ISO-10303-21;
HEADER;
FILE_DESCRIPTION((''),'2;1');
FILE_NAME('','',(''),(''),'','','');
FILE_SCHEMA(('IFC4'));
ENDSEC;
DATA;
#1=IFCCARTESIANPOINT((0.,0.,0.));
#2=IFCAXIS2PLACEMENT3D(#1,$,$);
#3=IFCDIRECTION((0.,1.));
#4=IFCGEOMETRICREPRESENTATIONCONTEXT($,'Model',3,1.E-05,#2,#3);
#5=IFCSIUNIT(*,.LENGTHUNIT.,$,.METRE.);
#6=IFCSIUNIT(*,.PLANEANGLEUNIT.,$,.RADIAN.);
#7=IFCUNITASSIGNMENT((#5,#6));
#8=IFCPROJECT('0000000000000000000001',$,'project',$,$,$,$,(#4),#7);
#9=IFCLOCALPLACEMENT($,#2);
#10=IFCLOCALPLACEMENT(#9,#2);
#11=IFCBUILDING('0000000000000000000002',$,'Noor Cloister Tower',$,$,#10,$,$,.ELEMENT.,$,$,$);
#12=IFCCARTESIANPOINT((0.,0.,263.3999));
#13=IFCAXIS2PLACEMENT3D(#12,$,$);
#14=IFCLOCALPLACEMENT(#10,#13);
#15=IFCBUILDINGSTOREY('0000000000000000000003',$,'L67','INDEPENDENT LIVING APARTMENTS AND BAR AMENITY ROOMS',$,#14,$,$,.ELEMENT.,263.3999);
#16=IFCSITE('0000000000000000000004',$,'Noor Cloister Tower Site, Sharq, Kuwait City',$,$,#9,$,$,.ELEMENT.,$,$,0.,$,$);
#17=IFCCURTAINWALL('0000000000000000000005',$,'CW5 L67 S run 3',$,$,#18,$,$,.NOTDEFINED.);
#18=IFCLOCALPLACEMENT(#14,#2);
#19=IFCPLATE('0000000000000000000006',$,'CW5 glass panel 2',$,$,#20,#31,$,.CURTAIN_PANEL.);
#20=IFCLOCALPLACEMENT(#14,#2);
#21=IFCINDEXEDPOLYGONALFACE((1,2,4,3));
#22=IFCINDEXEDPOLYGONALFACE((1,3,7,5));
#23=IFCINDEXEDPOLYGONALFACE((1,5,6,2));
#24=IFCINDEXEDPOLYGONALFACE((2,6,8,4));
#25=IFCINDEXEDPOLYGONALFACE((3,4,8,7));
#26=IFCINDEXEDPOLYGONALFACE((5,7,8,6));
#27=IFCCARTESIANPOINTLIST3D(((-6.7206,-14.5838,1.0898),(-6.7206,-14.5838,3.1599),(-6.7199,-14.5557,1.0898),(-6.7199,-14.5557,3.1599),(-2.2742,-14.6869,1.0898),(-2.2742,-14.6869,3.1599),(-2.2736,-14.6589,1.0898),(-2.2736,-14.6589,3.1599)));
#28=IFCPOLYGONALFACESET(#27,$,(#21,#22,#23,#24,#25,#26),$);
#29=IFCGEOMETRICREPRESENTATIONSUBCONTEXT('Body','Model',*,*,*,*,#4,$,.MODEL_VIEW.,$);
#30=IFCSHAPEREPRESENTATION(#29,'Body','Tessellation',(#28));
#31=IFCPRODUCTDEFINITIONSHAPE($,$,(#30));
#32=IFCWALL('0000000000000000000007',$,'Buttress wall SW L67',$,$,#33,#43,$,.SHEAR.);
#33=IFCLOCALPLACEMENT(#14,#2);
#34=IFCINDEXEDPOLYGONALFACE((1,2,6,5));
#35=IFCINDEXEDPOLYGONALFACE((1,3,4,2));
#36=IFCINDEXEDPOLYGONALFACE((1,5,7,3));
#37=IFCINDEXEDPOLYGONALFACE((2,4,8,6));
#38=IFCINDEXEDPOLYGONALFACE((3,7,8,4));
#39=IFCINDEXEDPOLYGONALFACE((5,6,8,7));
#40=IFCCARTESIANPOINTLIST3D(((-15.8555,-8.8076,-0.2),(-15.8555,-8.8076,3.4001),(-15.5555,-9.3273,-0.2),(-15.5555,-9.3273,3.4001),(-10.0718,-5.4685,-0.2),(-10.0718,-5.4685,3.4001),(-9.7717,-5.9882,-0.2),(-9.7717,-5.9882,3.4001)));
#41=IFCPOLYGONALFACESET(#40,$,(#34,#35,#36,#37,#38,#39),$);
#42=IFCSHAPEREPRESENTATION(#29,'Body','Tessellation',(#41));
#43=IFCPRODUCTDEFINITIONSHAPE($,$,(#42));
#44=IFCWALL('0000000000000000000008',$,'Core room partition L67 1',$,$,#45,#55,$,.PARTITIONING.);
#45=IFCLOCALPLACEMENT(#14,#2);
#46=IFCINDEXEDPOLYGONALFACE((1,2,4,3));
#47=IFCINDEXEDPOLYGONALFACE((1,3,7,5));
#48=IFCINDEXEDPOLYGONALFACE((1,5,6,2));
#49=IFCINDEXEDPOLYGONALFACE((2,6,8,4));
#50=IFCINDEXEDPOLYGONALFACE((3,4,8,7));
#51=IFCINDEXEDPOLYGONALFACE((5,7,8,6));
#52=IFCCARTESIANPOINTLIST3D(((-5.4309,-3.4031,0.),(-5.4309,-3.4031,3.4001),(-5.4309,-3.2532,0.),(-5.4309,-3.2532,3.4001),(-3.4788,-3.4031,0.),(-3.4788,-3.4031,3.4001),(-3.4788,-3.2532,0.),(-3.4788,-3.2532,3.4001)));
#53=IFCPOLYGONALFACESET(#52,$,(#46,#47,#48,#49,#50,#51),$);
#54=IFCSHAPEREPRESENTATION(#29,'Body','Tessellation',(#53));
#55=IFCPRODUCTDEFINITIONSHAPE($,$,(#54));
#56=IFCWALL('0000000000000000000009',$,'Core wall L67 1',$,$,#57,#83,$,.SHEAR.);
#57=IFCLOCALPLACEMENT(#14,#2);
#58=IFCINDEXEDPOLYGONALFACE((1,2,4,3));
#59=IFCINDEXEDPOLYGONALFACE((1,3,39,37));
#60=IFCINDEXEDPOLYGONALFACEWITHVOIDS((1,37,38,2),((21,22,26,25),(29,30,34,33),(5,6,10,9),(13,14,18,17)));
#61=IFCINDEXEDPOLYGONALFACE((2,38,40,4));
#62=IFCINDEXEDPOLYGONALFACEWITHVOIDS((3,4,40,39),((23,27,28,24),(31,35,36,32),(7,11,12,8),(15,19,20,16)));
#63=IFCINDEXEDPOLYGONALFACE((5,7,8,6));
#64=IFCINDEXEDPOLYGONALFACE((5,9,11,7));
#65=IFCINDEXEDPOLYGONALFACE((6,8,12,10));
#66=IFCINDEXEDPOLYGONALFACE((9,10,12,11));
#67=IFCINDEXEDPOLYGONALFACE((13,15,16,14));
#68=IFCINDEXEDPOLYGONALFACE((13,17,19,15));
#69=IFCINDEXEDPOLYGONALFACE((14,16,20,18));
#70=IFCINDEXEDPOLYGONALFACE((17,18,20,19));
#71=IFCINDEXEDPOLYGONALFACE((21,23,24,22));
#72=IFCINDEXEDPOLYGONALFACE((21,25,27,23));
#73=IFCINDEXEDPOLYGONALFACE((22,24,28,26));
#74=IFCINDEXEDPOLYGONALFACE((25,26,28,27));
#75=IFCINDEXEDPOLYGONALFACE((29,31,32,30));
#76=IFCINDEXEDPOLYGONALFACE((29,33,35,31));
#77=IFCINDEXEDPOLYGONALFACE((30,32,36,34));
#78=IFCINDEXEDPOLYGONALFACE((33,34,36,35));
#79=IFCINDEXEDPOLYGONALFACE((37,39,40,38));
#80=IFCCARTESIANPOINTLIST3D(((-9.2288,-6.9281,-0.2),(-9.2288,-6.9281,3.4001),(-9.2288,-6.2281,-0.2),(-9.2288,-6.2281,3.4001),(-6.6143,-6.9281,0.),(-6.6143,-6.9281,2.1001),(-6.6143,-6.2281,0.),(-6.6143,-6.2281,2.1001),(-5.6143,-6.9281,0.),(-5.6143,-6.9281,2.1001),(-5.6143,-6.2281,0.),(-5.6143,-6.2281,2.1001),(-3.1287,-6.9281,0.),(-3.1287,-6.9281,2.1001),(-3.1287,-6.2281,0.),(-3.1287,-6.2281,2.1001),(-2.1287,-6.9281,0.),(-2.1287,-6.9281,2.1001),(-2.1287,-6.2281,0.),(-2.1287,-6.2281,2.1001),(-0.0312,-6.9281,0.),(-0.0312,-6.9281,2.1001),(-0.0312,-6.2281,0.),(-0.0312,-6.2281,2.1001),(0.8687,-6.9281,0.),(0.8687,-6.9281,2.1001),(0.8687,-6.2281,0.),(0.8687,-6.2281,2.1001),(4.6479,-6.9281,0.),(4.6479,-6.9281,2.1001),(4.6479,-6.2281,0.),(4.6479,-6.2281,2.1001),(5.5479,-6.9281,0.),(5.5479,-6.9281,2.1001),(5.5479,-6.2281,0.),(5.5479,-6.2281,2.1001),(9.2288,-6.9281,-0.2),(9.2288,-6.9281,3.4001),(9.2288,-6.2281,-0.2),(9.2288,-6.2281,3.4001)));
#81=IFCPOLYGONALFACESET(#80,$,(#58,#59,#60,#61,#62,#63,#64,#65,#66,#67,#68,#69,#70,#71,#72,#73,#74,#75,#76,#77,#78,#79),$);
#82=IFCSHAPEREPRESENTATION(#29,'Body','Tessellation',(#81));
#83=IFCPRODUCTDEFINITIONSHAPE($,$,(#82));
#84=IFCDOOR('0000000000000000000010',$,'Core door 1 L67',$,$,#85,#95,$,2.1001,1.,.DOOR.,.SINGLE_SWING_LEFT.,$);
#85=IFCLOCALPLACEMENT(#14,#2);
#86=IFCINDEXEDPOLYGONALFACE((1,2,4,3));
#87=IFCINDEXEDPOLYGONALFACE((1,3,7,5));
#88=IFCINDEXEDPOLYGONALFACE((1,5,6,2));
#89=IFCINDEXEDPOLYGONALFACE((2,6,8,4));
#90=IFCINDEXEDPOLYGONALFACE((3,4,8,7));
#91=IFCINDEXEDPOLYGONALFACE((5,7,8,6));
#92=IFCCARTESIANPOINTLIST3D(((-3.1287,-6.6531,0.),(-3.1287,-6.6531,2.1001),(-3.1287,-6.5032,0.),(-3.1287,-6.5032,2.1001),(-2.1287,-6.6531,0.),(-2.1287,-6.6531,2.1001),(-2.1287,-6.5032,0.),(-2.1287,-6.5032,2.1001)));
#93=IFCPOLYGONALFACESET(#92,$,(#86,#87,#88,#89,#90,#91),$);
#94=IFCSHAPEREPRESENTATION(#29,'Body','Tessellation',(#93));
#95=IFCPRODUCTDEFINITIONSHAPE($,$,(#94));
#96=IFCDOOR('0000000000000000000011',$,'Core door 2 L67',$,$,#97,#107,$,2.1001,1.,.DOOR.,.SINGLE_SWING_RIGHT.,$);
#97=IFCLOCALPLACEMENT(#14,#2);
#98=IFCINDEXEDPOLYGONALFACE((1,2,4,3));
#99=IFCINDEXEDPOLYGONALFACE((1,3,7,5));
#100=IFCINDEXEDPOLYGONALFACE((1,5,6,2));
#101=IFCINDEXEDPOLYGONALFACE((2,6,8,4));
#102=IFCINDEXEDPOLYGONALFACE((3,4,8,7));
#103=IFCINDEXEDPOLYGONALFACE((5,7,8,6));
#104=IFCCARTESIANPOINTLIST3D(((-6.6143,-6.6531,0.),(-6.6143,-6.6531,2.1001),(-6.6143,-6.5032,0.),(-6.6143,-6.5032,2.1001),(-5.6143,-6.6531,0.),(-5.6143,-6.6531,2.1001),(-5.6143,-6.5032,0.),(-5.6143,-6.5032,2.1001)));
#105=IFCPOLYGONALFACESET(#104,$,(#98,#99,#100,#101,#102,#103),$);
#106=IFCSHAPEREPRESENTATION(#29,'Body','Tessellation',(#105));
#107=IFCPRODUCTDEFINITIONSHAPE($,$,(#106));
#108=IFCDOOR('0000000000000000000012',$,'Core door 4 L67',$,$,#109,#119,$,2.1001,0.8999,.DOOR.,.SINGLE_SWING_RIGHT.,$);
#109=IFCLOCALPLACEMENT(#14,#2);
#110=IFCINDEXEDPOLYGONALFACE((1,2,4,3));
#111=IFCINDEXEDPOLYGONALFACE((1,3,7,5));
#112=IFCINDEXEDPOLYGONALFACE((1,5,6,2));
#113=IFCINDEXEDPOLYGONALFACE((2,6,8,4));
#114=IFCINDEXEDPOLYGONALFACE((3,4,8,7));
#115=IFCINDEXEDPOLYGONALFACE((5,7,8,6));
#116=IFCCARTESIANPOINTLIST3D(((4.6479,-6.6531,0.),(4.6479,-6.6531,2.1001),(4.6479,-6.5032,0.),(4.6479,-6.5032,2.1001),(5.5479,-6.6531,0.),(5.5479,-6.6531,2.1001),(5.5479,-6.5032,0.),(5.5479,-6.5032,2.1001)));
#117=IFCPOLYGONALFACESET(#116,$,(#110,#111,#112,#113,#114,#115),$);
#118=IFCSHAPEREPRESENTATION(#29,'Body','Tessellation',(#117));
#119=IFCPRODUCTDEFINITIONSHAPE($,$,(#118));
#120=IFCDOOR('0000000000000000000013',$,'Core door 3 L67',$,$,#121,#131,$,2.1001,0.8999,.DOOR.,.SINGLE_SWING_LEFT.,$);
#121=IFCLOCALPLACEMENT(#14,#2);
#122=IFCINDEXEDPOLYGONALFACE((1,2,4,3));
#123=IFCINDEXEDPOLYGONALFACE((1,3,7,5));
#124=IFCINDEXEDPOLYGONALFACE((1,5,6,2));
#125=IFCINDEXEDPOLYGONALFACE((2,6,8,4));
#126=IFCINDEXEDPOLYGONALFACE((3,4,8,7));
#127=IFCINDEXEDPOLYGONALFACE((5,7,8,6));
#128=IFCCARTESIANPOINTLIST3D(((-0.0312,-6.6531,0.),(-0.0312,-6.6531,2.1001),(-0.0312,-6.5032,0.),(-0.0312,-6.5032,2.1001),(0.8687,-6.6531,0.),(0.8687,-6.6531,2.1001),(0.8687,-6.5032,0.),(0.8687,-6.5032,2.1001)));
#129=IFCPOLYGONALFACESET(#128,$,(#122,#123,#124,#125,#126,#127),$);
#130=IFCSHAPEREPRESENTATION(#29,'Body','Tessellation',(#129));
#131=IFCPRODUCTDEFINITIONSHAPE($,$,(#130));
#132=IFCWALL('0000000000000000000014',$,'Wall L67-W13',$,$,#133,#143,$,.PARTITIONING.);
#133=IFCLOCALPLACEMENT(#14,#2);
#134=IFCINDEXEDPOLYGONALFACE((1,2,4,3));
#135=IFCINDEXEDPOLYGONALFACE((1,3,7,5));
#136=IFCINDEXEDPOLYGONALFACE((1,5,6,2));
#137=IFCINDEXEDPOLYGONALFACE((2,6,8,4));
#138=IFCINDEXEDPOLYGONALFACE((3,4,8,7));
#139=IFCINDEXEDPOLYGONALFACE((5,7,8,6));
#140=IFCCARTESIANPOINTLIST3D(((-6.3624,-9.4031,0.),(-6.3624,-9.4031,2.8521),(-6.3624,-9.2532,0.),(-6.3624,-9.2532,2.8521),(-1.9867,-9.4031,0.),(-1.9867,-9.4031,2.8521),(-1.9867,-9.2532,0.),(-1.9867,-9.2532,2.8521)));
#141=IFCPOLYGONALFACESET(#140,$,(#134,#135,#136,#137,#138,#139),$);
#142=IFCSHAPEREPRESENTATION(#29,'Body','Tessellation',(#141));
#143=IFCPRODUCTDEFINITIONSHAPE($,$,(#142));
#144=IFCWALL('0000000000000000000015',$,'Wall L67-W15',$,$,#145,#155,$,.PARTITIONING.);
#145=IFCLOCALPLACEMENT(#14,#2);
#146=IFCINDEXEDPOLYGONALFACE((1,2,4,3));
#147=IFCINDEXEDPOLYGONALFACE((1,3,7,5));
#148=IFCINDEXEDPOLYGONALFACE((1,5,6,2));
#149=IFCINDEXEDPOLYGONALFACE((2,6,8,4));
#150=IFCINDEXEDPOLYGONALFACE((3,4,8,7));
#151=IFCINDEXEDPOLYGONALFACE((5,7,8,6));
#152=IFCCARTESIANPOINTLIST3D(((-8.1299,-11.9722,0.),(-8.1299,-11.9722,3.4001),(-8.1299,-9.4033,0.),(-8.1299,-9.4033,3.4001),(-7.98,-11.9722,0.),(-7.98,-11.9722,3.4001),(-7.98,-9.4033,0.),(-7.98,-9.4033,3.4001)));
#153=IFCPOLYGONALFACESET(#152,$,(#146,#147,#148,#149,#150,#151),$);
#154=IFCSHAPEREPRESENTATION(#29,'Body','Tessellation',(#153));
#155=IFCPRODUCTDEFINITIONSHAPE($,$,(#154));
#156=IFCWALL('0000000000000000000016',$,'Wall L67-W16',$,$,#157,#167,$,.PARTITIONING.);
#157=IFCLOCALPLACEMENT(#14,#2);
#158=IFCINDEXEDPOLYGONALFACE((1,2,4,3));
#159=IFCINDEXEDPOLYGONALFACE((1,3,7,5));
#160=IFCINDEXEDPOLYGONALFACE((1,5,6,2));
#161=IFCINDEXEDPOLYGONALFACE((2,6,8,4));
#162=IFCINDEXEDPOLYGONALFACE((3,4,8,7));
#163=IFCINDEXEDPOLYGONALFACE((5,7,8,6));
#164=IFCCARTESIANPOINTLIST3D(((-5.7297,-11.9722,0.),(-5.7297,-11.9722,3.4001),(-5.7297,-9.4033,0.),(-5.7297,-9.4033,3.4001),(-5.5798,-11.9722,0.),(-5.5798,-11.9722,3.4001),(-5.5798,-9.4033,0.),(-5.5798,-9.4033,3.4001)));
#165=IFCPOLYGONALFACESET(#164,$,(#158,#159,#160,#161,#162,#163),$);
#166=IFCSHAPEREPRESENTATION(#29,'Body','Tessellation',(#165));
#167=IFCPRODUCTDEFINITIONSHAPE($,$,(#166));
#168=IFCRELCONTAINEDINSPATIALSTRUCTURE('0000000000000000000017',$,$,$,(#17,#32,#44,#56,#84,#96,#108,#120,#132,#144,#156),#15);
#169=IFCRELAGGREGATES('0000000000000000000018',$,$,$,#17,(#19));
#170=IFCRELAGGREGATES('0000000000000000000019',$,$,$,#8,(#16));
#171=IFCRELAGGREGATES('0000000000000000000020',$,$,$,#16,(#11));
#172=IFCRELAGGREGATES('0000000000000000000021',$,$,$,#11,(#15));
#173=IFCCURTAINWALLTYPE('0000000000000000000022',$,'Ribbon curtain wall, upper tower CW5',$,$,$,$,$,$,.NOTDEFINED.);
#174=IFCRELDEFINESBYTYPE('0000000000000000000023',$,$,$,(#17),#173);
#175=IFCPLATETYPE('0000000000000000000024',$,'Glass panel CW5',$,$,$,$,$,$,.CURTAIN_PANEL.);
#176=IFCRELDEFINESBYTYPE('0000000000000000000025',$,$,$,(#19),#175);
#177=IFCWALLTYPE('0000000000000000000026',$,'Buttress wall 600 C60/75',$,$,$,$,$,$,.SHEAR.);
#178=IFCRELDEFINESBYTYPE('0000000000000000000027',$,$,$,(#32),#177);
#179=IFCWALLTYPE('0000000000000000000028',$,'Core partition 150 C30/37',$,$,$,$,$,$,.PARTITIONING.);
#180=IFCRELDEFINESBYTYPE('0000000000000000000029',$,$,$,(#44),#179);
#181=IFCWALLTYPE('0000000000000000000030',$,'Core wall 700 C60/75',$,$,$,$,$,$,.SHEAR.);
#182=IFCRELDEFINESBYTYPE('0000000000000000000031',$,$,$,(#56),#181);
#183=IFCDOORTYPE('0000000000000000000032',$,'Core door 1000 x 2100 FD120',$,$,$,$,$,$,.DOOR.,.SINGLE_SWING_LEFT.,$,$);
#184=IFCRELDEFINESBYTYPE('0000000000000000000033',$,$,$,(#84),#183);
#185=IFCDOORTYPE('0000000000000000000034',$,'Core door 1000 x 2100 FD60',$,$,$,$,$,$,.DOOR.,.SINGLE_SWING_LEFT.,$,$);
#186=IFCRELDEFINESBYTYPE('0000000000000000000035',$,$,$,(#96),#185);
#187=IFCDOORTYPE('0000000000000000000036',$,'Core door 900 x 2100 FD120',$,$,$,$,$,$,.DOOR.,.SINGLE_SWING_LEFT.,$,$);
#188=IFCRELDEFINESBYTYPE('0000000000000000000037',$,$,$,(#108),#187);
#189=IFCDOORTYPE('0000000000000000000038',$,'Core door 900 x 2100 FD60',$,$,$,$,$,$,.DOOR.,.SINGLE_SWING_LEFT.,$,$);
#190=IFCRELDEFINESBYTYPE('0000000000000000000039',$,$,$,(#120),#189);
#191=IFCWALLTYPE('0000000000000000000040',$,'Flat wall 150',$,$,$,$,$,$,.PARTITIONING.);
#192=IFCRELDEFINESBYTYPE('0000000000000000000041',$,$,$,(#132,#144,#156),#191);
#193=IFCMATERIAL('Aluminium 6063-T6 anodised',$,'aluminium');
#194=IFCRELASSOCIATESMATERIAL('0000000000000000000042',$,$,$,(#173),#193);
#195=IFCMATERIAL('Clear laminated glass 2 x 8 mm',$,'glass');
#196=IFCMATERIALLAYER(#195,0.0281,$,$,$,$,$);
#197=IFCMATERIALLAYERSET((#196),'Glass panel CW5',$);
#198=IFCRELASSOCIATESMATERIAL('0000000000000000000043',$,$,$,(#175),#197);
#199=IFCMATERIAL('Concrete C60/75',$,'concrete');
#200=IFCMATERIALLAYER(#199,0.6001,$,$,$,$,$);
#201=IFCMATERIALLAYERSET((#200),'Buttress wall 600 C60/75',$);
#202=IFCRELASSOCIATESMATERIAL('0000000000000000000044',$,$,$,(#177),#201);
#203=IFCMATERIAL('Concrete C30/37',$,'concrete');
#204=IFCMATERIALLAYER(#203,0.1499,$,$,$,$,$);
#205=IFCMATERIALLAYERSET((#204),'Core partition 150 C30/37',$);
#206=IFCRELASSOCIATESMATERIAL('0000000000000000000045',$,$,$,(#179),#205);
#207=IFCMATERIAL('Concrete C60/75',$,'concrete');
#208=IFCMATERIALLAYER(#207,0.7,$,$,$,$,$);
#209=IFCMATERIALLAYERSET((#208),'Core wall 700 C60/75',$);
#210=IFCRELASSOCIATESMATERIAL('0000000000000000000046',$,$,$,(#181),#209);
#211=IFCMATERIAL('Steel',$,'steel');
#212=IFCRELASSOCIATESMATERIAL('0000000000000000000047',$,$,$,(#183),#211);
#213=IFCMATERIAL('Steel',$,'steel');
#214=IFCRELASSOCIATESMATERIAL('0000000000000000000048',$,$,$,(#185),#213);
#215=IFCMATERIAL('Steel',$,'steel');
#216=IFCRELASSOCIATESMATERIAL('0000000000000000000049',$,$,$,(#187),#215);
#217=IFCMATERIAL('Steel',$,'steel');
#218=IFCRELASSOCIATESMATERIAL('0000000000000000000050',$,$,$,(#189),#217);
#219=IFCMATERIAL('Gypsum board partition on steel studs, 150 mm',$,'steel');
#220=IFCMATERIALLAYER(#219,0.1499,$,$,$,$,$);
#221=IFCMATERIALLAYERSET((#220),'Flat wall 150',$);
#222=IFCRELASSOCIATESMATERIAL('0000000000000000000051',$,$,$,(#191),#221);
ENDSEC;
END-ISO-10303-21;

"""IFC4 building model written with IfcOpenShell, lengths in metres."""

from ifc_helpers import new_model, si_unit, direction, frame, frame_2d, origin, origin_2d, place, context, subcontext, project, spatial, rectangle, extrude, material, layer, layer_set, type_object, element, fill, aggregate, save


model = new_model("IFC4")

# Units and contexts
model_context = context("Model", 3, precision=1e-05, world=origin(), true_north=direction((0.0, 1.0)))
body_context = subcontext(model_context, "Body", "Model", "MODEL_VIEW")
ifc_project = project(units=[si_unit("LENGTHUNIT", "METRE"), si_unit("PLANEANGLEUNIT", "RADIAN")], contexts=[model_context])

# Site, building, storey
site_placement = place(None, origin())
site = spatial("IfcSite", under=ifc_project, at=site_placement, Name="Noor Cloister Tower Site, Sharq, Kuwait City", CompositionType="ELEMENT", RefElevation=0.0)
building_placement = place(site_placement, origin())
building = spatial("IfcBuilding", under=site, at=building_placement, Name="Noor Cloister Tower", CompositionType="ELEMENT")
storey_placement = place(building_placement, frame((0.0, 0.0, 263.3999)))
storey = spatial("IfcBuildingStorey", under=building, at=storey_placement, Name="L67", Description="INDEPENDENT LIVING APARTMENTS AND BAR AMENITY ROOMS", CompositionType="ELEMENT", Elevation=263.3999)

# Curtain wall
ifc_material_1 = material(Name="Aluminium 6063-T6 anodised", Category="aluminium")
curtain_wall_type = type_object("IfcCurtainWallType", Name="Ribbon curtain wall, upper tower CW5", PredefinedType="NOTDEFINED", material=ifc_material_1)
curtain_wall_placement = place(storey_placement, origin())
curtain_wall = element("IfcCurtainWall", 1, at=curtain_wall_placement, inside=storey, type_object=curtain_wall_type, Name="CW5 L67 S run 3", PredefinedType="NOTDEFINED")

# Plate
ifc_material_2 = material(Name="Clear laminated glass 2 x 8 mm", Category="glass")
ifc_layer_1 = layer(ifc_material_2, 0.0281)
ifc_layer_set_1 = layer_set([ifc_layer_1], Name="Glass panel CW5")
plate_type = type_object("IfcPlateType", Name="Glass panel CW5", PredefinedType="CURTAIN_PANEL", material=ifc_layer_set_1)
plate_1_placement = place(storey_placement, frame((-4.4971, -14.6213, 1.0898), z_axis=(0.0, 0.0, 1.0), x_axis=(0.999731, -0.02319, 0.0)))
plate_1 = element("IfcPlate", 2, at=plate_1_placement, type_object=plate_type, Name="CW5 glass panel 2", PredefinedType="CURTAIN_PANEL", context=body_context, shape_type="SweptSolid", body=[
    extrude(rectangle(XDim=4.4475, YDim=0.0281, at=origin_2d()), origin(), (0.0, 0.0, 1.0), 2.0701),
])
aggregate(curtain_wall, [plate_1])

# Walls
ifc_material_3 = material(Name="Concrete C60/75", Category="concrete")
ifc_layer_2 = layer(ifc_material_3, 0.6001)
ifc_layer_set_2 = layer_set([ifc_layer_2], Name="Buttress wall 600 C60/75")
wall_type_1 = type_object("IfcWallType", Name="Buttress wall 600 C60/75", PredefinedType="SHEAR", material=ifc_layer_set_2)
wall_1_placement = place(storey_placement, frame((-9.9216, -5.7283, -0.2), z_axis=(0.0, 0.0, 1.0), x_axis=(-0.866032, -0.499988, 0.0)))
element("IfcWall", 3, at=wall_1_placement, inside=storey, type_object=wall_type_1, Name="Buttress wall SW L67", PredefinedType="SHEAR", context=body_context, shape_type="SweptSolid", body=[
    extrude(rectangle(XDim=6.6785, YDim=0.6001, at=frame_2d((3.3394, 0.0))), origin(), (0.0, 0.0, 1.0), 3.6001),
])
ifc_material_4 = material(Name="Concrete C30/37", Category="concrete")
ifc_layer_3 = layer(ifc_material_4, 0.1499)
ifc_layer_set_3 = layer_set([ifc_layer_3], Name="Core partition 150 C30/37")
wall_type_2 = type_object("IfcWallType", Name="Core partition 150 C30/37", PredefinedType="PARTITIONING", material=ifc_layer_set_3)
wall_2_placement = place(storey_placement, frame((-5.4309, -3.3281, 0.0), z_axis=(0.0, 0.0, 1.0), x_axis=(1.0, 0.0, 0.0)))
element("IfcWall", 4, at=wall_2_placement, inside=storey, type_object=wall_type_2, Name="Core room partition L67 1", PredefinedType="PARTITIONING", context=body_context, shape_type="SweptSolid", body=[
    extrude(rectangle(XDim=1.9521, YDim=0.1499, at=frame_2d((0.9761, 0.0))), origin(), (0.0, 0.0, 1.0), 3.4001),
])

# Wall, openings, doors
ifc_material_5 = material(Name="Concrete C60/75", Category="concrete")
ifc_layer_4 = layer(ifc_material_5, 0.7)
ifc_layer_set_4 = layer_set([ifc_layer_4], Name="Core wall 700 C60/75")
wall_type_3 = type_object("IfcWallType", Name="Core wall 700 C60/75", PredefinedType="SHEAR", material=ifc_layer_set_4)
wall_3_placement = place(storey_placement, frame((-9.2288, -6.5781, -0.2), z_axis=(0.0, 0.0, 1.0), x_axis=(1.0, 0.0, 0.0)))
wall_3 = element("IfcWall", 5, at=wall_3_placement, inside=storey, type_object=wall_type_3, Name="Core wall L67 1", PredefinedType="SHEAR", context=body_context, shape_type="SweptSolid", body=[
    extrude(rectangle(XDim=18.4575, YDim=0.7, at=frame_2d((9.2288, 0.0))), origin(), (0.0, 0.0, 1.0), 3.6001),
])
opening_1_placement = place(wall_3_placement, frame((6.1001, 0.0, 0.2)))
opening_1 = element("IfcOpeningElement", 6, at=opening_1_placement, cuts=wall_3, PredefinedType="OPENING", context=body_context, shape_type="SweptSolid", body=[
    extrude(rectangle(XDim=1.0, YDim=2.1001, at=frame_2d((0.5, 1.05))), frame((0.0, 0.3599, 0.0), z_axis=(0.0, -1.0, 0.0), x_axis=(1.0, 0.0, 0.0)), (0.0, 0.0, 1.0), 0.72),
])
opening_2_placement = place(wall_3_placement, frame((2.6145, 0.0, 0.2)))
opening_2 = element("IfcOpeningElement", 7, at=opening_2_placement, cuts=wall_3, PredefinedType="OPENING", context=body_context, shape_type="SweptSolid", body=[
    extrude(rectangle(XDim=1.0, YDim=2.1001, at=frame_2d((0.5, 1.05))), frame((0.0, 0.3599, 0.0), z_axis=(0.0, -1.0, 0.0), x_axis=(1.0, 0.0, 0.0)), (0.0, 0.0, 1.0), 0.72),
])
opening_3_placement = place(wall_3_placement, frame((9.1975, 0.0, 0.2)))
opening_3 = element("IfcOpeningElement", 8, at=opening_3_placement, cuts=wall_3, PredefinedType="OPENING", context=body_context, shape_type="SweptSolid", body=[
    extrude(rectangle(XDim=0.8999, YDim=2.1001, at=frame_2d((0.45, 1.05))), frame((0.0, 0.3599, 0.0), z_axis=(0.0, -1.0, 0.0), x_axis=(1.0, 0.0, 0.0)), (0.0, 0.0, 1.0), 0.72),
])
opening_4_placement = place(wall_3_placement, frame((13.8767, 0.0, 0.2)))
opening_4 = element("IfcOpeningElement", 9, at=opening_4_placement, cuts=wall_3, PredefinedType="OPENING", context=body_context, shape_type="SweptSolid", body=[
    extrude(rectangle(XDim=0.8999, YDim=2.1001, at=frame_2d((0.45, 1.05))), frame((0.0, 0.3599, 0.0), z_axis=(0.0, -1.0, 0.0), x_axis=(1.0, 0.0, 0.0)), (0.0, 0.0, 1.0), 0.72),
])
ifc_material_6 = material(Name="Steel", Category="steel")
door_type_1 = type_object("IfcDoorType", Name="Core door 1000 x 2100 FD120", OperationType="SINGLE_SWING_LEFT", PredefinedType="DOOR", material=ifc_material_6)
door_1_placement = place(opening_1_placement, origin())
door_1 = element("IfcDoor", 10, at=door_1_placement, inside=storey, type_object=door_type_1, Name="Core door 1 L67", OperationType="SINGLE_SWING_LEFT", OverallHeight=2.1001, OverallWidth=1.0, PredefinedType="DOOR", context=body_context, shape_type="SweptSolid", body=[
    extrude(rectangle(XDim=1.0, YDim=2.1001, at=frame_2d((0.5, 1.05))), frame((0.0, 0.075, 0.0), z_axis=(0.0, -1.0, 0.0), x_axis=(1.0, 0.0, 0.0)), (0.0, 0.0, 1.0), 0.1499),
])
fill(opening_1, door_1)
ifc_material_7 = material(Name="Steel", Category="steel")
door_type_2 = type_object("IfcDoorType", Name="Core door 1000 x 2100 FD60", OperationType="SINGLE_SWING_LEFT", PredefinedType="DOOR", material=ifc_material_7)
door_2_placement = place(opening_2_placement, origin())
door_2 = element("IfcDoor", 11, at=door_2_placement, inside=storey, type_object=door_type_2, Name="Core door 2 L67", OperationType="SINGLE_SWING_RIGHT", OverallHeight=2.1001, OverallWidth=1.0, PredefinedType="DOOR", context=body_context, shape_type="SweptSolid", body=[
    extrude(rectangle(XDim=1.0, YDim=2.1001, at=frame_2d((0.5, 1.05))), frame((0.0, 0.075, 0.0), z_axis=(0.0, -1.0, 0.0), x_axis=(1.0, 0.0, 0.0)), (0.0, 0.0, 1.0), 0.1499),
])
fill(opening_2, door_2)
ifc_material_8 = material(Name="Steel", Category="steel")
door_type_3 = type_object("IfcDoorType", Name="Core door 900 x 2100 FD120", OperationType="SINGLE_SWING_LEFT", PredefinedType="DOOR", material=ifc_material_8)
door_3_placement = place(opening_4_placement, origin())
door_3 = element("IfcDoor", 12, at=door_3_placement, inside=storey, type_object=door_type_3, Name="Core door 4 L67", OperationType="SINGLE_SWING_RIGHT", OverallHeight=2.1001, OverallWidth=0.8999, PredefinedType="DOOR", context=body_context, shape_type="SweptSolid", body=[
    extrude(rectangle(XDim=0.8999, YDim=2.1001, at=frame_2d((0.45, 1.05))), frame((0.0, 0.075, 0.0), z_axis=(0.0, -1.0, 0.0), x_axis=(1.0, 0.0, 0.0)), (0.0, 0.0, 1.0), 0.1499),
])
fill(opening_4, door_3)
ifc_material_9 = material(Name="Steel", Category="steel")
door_type_4 = type_object("IfcDoorType", Name="Core door 900 x 2100 FD60", OperationType="SINGLE_SWING_LEFT", PredefinedType="DOOR", material=ifc_material_9)
door_4_placement = place(opening_3_placement, origin())
door_4 = element("IfcDoor", 13, at=door_4_placement, inside=storey, type_object=door_type_4, Name="Core door 3 L67", OperationType="SINGLE_SWING_LEFT", OverallHeight=2.1001, OverallWidth=0.8999, PredefinedType="DOOR", context=body_context, shape_type="SweptSolid", body=[
    extrude(rectangle(XDim=0.8999, YDim=2.1001, at=frame_2d((0.45, 1.05))), frame((0.0, 0.075, 0.0), z_axis=(0.0, -1.0, 0.0), x_axis=(1.0, 0.0, 0.0)), (0.0, 0.0, 1.0), 0.1499),
])
fill(opening_3, door_4)

# Walls
ifc_material_10 = material(Name="Gypsum board partition on steel studs, 150 mm", Category="steel")
ifc_layer_5 = layer(ifc_material_10, 0.1499)
ifc_layer_set_5 = layer_set([ifc_layer_5], Name="Flat wall 150")
wall_type_4 = type_object("IfcWallType", Name="Flat wall 150", PredefinedType="PARTITIONING", material=ifc_layer_set_5)
wall_4_placement = place(storey_placement, frame((-6.3625, -9.3281, 0.0), z_axis=(0.0, 0.0, 1.0), x_axis=(1.0, 0.0, 0.0)))
element("IfcWall", 14, at=wall_4_placement, inside=storey, type_object=wall_type_4, Name="Wall L67-W13", PredefinedType="PARTITIONING", context=body_context, shape_type="SweptSolid", body=[
    extrude(rectangle(XDim=4.3757, YDim=0.1499, at=frame_2d((2.188, 0.0))), origin(), (0.0, 0.0, 1.0), 2.8521),
])
for number, where, z_axis, x_axis, name in (
    (15, (-8.0549, -9.4033, 0.0), (0.0, 0.0, 1.0), (0.0, -1.0, 0.0), "Wall L67-W15"),
    (16, (-5.6548, -9.4033, 0.0), (0.0, 0.0, 1.0), (0.0, -1.0, 0.0), "Wall L67-W16"),
):
    element("IfcWall", number, at=place(storey_placement, frame(where, z_axis=z_axis, x_axis=x_axis)), inside=storey, type_object=wall_type_4, Name=name, PredefinedType="PARTITIONING", context=body_context, shape_type="SweptSolid", body=[
        extrude(rectangle(XDim=2.5688, YDim=0.1499, at=frame_2d((1.2844, 0.0))), origin(), (0.0, 0.0, 1.0), 3.4001),
    ])

save(model, "model.ifc")
